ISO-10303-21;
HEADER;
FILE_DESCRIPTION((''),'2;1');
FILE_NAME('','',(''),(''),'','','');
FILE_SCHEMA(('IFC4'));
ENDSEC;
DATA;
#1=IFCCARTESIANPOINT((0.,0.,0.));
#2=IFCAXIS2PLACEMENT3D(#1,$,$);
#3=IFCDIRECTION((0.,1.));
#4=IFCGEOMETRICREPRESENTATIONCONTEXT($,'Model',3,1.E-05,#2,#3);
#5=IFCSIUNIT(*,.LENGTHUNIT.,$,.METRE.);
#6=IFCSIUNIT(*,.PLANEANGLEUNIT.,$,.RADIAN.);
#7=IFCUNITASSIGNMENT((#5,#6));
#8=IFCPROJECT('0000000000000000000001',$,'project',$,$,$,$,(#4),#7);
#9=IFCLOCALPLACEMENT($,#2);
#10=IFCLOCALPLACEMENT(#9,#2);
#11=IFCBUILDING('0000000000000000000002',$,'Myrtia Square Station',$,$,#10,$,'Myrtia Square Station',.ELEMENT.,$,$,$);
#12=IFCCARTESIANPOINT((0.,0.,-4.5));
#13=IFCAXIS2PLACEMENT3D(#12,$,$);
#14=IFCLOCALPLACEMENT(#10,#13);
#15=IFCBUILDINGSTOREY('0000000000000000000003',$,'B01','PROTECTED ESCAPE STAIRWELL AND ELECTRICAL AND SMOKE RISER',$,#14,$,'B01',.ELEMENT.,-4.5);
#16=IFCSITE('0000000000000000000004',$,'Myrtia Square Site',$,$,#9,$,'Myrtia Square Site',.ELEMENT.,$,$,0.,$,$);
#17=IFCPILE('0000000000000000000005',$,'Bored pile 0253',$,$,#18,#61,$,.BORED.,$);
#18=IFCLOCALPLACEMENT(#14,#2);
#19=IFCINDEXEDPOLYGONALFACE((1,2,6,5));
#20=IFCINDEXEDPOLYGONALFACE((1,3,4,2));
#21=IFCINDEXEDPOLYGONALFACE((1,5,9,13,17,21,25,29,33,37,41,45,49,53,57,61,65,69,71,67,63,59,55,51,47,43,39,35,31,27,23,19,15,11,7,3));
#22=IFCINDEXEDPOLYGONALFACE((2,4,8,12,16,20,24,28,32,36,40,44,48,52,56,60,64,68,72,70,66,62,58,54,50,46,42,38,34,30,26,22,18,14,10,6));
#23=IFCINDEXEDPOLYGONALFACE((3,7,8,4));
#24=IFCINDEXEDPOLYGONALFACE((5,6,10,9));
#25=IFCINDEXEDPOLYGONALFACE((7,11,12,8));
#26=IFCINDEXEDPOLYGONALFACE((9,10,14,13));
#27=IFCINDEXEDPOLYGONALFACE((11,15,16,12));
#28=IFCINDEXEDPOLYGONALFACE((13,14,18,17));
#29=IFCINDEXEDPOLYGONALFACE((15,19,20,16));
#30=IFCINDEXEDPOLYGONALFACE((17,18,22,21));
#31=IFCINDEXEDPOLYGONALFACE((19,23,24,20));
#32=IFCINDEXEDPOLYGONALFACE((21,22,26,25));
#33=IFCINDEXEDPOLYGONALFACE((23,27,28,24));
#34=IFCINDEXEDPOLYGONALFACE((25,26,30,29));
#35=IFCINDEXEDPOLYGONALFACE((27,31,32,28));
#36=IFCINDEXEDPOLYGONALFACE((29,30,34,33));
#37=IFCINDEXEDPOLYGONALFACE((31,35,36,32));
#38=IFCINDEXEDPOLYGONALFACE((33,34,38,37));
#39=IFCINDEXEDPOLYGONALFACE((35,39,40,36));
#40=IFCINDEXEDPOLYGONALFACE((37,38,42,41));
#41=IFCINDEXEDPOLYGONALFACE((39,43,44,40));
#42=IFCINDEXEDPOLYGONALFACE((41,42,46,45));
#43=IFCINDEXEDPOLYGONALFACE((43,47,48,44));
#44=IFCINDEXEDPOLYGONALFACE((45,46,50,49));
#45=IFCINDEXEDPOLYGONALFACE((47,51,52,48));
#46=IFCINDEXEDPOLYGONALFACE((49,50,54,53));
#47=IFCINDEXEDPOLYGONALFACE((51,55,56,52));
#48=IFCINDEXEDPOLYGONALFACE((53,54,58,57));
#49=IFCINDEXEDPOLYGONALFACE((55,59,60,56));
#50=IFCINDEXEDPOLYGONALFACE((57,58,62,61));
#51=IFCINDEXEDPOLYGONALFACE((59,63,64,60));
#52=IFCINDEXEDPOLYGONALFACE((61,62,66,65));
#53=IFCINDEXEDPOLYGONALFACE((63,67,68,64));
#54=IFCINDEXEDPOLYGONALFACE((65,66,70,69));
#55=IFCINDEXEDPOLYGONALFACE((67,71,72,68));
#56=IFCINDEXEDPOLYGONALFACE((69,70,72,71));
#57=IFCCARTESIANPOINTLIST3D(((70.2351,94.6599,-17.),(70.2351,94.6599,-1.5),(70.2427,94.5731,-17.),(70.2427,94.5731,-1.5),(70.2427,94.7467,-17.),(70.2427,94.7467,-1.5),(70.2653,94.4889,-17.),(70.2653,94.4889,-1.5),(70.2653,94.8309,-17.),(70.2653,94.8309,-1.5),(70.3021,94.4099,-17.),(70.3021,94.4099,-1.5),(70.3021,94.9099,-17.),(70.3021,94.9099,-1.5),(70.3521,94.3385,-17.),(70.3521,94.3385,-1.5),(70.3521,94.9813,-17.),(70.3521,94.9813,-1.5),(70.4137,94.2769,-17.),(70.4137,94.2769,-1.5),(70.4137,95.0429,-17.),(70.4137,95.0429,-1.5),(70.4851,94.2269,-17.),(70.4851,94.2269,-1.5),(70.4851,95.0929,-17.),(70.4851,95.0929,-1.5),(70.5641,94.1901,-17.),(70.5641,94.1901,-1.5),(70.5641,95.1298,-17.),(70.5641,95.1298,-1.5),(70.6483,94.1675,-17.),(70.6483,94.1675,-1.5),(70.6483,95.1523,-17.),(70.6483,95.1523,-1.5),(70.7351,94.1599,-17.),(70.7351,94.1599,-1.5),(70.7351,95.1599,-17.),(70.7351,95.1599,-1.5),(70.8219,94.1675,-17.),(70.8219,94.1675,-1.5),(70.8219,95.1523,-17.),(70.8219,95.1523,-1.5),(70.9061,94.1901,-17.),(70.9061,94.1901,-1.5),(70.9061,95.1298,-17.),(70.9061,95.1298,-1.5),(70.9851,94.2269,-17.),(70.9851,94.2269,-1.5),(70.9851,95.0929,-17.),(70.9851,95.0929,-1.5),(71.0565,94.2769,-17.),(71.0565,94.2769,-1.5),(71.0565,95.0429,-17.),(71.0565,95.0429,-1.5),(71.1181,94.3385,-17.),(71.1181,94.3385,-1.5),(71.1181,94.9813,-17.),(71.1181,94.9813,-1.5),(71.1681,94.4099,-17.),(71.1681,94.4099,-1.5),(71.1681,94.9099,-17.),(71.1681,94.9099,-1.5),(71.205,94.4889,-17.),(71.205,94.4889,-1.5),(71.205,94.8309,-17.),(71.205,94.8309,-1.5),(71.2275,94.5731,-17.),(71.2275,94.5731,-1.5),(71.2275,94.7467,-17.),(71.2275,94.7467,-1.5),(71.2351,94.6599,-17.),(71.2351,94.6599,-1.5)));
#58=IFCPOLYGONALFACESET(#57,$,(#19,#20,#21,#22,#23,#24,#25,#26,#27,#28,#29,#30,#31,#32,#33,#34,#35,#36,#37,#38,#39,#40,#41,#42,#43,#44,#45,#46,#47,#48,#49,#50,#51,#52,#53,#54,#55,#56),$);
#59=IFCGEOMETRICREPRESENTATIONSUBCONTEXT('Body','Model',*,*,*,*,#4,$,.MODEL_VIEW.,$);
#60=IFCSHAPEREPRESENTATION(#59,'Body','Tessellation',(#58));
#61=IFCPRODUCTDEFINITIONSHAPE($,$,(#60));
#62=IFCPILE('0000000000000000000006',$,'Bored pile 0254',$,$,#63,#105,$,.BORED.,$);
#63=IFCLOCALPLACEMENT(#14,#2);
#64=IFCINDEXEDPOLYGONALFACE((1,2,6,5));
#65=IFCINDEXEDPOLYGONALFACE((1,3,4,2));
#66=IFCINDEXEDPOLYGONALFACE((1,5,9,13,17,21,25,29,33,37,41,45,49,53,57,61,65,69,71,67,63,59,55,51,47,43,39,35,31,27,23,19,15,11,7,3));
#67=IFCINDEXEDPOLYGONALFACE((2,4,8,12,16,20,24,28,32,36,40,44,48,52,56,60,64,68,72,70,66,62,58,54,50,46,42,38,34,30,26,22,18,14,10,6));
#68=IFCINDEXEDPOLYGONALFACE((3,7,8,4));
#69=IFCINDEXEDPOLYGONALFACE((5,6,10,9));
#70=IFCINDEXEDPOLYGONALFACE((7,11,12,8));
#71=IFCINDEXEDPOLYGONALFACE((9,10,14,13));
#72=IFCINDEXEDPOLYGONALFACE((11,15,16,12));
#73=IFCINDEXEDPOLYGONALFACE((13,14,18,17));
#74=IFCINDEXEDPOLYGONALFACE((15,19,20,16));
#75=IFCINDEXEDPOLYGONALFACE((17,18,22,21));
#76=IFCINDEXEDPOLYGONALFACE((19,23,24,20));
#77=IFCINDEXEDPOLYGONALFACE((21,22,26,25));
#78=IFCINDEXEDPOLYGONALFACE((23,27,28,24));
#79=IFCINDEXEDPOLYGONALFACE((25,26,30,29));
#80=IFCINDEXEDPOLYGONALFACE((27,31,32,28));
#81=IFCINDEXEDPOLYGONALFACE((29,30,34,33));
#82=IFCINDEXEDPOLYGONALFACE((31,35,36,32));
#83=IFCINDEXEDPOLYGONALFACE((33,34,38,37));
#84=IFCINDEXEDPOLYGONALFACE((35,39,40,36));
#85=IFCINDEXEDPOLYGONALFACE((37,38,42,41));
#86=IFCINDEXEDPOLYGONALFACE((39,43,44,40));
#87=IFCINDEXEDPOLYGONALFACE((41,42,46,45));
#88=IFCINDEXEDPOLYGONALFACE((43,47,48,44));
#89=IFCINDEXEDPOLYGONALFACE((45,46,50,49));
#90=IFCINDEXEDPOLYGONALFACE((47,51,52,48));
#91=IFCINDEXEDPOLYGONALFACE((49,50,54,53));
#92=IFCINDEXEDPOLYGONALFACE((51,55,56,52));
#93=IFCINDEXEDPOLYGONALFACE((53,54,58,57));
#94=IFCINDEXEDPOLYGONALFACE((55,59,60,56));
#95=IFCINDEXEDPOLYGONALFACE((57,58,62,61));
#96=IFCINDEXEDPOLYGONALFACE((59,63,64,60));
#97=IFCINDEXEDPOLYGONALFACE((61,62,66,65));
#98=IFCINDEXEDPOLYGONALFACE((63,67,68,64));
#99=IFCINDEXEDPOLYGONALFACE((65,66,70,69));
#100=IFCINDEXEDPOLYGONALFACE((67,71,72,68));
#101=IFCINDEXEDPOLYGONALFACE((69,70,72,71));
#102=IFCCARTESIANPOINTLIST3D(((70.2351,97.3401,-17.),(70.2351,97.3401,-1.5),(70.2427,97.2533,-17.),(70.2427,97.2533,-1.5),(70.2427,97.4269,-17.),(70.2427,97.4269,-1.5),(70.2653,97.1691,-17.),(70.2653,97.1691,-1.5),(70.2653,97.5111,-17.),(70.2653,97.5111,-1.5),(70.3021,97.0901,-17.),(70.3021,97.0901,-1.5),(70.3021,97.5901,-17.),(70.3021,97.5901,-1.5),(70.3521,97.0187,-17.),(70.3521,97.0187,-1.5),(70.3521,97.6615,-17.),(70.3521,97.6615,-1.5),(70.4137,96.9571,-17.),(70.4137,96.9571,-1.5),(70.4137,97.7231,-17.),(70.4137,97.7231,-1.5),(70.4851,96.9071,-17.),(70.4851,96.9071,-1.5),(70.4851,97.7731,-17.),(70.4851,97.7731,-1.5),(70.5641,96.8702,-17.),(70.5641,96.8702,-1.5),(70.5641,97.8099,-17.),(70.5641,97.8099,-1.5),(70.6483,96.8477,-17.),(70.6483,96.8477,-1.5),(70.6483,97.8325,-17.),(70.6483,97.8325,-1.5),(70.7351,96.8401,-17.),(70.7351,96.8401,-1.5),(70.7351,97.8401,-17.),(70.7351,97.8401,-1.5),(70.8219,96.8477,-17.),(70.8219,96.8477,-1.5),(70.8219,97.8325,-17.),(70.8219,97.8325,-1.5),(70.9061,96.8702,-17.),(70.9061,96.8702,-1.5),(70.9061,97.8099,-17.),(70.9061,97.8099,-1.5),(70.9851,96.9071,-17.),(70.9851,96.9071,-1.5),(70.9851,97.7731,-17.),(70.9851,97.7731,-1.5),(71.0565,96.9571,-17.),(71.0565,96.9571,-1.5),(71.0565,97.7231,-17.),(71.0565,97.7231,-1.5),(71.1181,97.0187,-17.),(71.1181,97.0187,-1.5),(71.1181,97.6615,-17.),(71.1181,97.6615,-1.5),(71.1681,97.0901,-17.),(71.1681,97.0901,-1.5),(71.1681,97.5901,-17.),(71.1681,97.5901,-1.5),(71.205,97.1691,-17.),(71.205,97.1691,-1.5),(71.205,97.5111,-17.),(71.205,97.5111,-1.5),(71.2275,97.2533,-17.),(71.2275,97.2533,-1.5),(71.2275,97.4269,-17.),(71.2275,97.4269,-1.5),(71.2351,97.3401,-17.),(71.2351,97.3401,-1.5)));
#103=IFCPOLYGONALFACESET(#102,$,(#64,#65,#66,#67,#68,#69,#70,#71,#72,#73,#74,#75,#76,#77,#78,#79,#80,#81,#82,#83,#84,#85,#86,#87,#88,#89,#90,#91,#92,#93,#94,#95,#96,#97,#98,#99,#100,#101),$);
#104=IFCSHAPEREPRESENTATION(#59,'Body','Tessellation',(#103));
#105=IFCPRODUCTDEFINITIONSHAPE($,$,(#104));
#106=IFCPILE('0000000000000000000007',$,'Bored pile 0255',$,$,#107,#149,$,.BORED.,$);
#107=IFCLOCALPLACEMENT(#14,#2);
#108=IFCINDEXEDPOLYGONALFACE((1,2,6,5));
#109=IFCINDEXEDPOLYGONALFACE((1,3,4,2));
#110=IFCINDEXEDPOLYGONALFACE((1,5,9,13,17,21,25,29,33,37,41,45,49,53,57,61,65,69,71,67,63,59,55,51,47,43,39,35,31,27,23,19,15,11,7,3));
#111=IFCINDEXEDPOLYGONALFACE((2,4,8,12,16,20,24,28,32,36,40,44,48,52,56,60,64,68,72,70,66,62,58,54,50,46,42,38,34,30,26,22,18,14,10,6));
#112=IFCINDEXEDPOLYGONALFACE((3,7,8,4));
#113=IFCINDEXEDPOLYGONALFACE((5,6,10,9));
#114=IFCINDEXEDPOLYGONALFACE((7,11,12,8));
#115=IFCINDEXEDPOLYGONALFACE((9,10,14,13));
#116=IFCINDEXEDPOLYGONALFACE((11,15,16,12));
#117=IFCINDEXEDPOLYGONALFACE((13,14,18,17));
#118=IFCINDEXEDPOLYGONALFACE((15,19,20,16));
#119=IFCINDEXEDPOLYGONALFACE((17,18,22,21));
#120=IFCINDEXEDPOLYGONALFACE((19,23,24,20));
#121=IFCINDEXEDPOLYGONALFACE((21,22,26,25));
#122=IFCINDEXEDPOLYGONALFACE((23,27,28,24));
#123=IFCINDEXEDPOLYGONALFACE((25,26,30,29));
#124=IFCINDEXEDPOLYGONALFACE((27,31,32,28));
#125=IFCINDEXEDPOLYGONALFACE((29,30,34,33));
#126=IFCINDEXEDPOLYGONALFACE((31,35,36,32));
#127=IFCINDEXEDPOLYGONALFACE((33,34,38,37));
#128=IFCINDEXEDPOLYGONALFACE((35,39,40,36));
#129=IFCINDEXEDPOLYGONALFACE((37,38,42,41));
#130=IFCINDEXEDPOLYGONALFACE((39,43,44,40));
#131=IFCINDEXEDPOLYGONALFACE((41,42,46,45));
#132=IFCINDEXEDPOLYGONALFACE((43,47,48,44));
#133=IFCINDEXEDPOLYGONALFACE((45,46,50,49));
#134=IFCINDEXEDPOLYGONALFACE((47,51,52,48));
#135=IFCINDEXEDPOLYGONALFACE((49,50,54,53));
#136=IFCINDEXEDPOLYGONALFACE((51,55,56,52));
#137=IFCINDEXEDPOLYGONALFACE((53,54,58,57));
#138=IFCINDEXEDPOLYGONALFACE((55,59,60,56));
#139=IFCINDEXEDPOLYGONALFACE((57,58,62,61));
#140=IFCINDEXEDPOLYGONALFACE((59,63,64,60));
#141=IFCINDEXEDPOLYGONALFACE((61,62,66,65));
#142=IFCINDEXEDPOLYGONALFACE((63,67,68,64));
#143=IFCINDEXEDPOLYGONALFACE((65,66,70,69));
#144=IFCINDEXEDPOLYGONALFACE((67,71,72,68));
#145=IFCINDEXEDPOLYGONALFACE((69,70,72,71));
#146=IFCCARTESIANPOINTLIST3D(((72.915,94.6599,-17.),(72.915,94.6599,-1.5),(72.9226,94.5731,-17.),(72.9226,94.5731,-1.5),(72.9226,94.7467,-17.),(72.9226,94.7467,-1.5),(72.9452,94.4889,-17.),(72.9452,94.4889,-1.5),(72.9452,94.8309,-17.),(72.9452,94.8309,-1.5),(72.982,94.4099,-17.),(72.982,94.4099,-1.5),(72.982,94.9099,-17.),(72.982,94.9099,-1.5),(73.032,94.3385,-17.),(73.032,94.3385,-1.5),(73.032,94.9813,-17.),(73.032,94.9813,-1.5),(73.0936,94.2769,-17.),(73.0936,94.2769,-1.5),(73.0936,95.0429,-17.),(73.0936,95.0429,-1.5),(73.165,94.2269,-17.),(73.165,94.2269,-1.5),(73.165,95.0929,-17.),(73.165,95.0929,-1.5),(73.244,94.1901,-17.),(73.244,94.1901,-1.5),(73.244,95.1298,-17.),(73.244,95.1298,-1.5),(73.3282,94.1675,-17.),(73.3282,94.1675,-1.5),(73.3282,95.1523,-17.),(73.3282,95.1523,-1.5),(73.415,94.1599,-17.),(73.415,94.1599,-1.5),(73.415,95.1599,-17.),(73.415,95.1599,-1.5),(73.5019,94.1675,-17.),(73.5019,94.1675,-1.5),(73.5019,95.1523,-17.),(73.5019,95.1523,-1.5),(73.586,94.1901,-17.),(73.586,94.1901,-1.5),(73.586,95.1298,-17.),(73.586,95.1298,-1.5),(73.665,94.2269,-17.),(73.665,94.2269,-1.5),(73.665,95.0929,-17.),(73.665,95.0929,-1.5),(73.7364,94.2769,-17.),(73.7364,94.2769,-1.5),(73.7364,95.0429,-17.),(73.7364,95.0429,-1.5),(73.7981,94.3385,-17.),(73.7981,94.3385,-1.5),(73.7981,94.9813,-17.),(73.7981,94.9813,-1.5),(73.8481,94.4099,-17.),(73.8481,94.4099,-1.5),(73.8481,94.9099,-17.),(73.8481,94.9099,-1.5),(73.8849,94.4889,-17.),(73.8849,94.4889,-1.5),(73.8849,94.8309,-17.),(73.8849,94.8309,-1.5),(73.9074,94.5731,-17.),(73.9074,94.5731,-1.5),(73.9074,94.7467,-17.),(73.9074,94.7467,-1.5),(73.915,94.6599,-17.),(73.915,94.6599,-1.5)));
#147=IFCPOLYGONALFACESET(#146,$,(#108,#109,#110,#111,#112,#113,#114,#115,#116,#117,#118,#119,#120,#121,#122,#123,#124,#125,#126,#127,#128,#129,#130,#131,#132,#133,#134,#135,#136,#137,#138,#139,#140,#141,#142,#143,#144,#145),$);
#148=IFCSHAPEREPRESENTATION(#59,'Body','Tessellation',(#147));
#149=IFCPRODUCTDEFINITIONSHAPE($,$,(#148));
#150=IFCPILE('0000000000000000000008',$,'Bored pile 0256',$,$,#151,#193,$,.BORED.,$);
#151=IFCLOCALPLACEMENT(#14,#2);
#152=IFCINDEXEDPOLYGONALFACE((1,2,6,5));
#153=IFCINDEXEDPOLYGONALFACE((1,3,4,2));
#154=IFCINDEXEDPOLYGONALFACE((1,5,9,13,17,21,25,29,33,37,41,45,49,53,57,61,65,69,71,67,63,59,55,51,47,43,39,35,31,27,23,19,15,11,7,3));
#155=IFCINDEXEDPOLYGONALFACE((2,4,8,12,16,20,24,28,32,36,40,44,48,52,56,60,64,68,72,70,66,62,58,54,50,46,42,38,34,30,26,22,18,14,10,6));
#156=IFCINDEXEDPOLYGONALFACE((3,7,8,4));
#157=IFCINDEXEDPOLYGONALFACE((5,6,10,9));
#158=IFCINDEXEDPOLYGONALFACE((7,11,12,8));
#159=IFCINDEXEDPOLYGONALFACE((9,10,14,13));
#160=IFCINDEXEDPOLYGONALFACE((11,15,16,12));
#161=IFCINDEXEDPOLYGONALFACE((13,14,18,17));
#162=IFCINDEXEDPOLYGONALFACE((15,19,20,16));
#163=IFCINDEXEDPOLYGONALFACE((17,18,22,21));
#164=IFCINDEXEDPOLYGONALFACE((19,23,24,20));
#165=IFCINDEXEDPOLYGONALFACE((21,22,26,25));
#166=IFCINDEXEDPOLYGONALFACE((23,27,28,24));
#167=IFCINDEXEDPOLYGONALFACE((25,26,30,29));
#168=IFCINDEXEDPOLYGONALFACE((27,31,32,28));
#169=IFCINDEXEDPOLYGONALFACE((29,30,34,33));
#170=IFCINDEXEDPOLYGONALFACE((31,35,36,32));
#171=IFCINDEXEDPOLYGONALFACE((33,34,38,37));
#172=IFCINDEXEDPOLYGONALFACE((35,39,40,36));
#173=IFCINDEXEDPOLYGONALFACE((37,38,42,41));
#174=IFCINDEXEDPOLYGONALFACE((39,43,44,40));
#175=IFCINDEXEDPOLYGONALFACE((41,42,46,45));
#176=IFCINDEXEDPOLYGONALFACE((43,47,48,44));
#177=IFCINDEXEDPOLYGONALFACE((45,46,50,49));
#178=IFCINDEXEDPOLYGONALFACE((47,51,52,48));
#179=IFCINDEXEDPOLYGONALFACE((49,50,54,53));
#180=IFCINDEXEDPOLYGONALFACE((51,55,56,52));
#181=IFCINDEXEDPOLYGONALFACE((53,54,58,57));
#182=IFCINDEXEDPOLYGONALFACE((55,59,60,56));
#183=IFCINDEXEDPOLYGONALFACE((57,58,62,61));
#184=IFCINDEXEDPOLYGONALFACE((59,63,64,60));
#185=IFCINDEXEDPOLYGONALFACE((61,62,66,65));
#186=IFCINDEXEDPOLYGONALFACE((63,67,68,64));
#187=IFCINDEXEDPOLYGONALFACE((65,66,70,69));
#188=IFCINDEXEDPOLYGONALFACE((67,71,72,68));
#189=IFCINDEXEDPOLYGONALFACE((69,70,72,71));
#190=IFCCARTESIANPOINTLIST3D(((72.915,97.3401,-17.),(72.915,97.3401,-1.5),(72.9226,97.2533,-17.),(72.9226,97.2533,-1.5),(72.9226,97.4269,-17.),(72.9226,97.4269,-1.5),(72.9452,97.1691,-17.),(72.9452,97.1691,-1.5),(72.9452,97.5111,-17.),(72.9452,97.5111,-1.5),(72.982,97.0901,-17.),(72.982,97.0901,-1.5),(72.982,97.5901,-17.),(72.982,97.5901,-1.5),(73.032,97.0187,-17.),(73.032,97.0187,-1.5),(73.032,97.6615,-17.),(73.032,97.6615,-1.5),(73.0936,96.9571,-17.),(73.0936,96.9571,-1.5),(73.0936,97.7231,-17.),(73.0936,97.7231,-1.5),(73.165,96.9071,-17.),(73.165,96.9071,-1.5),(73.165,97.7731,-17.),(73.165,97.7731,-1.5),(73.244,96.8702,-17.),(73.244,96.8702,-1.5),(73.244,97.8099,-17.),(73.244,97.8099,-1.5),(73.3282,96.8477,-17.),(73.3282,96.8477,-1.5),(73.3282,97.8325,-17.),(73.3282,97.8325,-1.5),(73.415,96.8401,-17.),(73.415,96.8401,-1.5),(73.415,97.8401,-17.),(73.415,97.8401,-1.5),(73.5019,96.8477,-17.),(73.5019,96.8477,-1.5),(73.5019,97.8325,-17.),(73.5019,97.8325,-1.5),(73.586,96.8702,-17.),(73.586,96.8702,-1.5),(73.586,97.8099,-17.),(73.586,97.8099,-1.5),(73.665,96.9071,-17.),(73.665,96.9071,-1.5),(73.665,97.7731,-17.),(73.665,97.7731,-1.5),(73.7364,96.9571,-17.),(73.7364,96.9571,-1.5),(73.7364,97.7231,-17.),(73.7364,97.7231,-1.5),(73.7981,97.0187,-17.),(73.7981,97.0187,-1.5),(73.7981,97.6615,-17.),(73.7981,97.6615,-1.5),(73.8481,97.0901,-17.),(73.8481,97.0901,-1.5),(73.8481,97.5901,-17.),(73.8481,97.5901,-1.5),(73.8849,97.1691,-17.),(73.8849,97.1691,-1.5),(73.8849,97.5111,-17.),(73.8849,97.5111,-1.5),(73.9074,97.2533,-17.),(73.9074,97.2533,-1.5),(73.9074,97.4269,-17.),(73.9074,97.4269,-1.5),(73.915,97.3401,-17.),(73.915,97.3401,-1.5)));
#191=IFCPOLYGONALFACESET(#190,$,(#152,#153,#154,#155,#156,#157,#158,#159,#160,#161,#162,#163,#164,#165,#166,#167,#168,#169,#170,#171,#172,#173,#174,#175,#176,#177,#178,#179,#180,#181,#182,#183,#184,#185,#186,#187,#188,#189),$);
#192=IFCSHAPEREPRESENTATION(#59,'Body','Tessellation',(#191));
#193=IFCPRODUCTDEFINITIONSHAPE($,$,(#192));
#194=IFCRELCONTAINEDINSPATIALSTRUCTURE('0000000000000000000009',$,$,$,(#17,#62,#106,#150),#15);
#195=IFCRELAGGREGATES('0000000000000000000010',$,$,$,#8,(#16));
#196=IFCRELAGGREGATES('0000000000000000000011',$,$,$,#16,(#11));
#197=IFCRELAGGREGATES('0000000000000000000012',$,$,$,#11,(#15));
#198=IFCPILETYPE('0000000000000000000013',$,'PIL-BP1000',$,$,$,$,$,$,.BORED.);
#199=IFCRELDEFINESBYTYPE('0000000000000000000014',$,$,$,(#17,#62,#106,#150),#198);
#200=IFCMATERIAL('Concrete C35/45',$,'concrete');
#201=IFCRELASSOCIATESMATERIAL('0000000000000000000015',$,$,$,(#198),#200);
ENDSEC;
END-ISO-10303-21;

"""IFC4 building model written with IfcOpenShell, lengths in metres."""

from ifc_helpers import new_model, si_unit, direction, frame, origin, origin_2d, place, context, subcontext, project, spatial, circle, extrude, material, material_profile, profile_set, type_object, element, save


model = new_model("IFC4")

# Units and contexts
model_context = context("Model", 3, precision=1e-05, world=origin(), true_north=direction((0.0, 1.0)))
body_context = subcontext(model_context, "Body", "Model", "MODEL_VIEW")
ifc_project = project(units=[si_unit("LENGTHUNIT", "METRE"), si_unit("PLANEANGLEUNIT", "RADIAN")], contexts=[model_context])

# Site, building, storey
site_placement = place(None, origin())
site = spatial("IfcSite", under=ifc_project, at=site_placement, Name="Myrtia Square Site", LongName="Myrtia Square Site", CompositionType="ELEMENT", RefElevation=0.0)
building_placement = place(site_placement, origin())
building = spatial("IfcBuilding", under=site, at=building_placement, Name="Myrtia Square Station", LongName="Myrtia Square Station", CompositionType="ELEMENT")
storey_placement = place(building_placement, frame((0.0, 0.0, -4.5)))
storey = spatial("IfcBuildingStorey", under=building, at=storey_placement, Name="B01", Description="PROTECTED ESCAPE STAIRWELL AND ELECTRICAL AND SMOKE RISER", LongName="B01", CompositionType="ELEMENT", Elevation=-4.5)

# Shared definitions
ifc_material_1 = material(Name="Concrete C35/45", Category="concrete")

# Piles
ifc_material_profile_1 = material_profile(ifc_material_1, circle(Radius=0.5, at=origin_2d()), Name="BP D1000")
ifc_profile_set_1 = profile_set([ifc_material_profile_1], Name="Concrete C35/45")
pile_type_1 = type_object("IfcPileType", Name="PIL-BP1000", PredefinedType="BORED", material=ifc_profile_set_1)
for number, where, z_axis, x_axis, name in (
    (1, (70.7351, 94.6599, -1.5), (0.0, 0.0, -1.0), (1.0, 0.0, 0.0), "Bored pile 0253"),
    (2, (70.7351, 97.3401, -1.5), (0.0, 0.0, -1.0), (1.0, 0.0, 0.0), "Bored pile 0254"),
    (3, (73.415, 94.6599, -1.5), (0.0, 0.0, -1.0), (1.0, 0.0, 0.0), "Bored pile 0255"),
    (4, (73.415, 97.3401, -1.5), (0.0, 0.0, -1.0), (1.0, 0.0, 0.0), "Bored pile 0256"),
):
    element("IfcPile", number, at=place(storey_placement, frame(where, z_axis=z_axis, x_axis=x_axis)), inside=storey, type_object=pile_type_1, Name=name, PredefinedType="BORED", context=body_context, shape_type="SweptSolid", body=[
        extrude(circle(Radius=0.5, at=origin_2d()), origin(), (0.0, 0.0, 1.0), 15.5),
    ])

save(model, "model.ifc")
